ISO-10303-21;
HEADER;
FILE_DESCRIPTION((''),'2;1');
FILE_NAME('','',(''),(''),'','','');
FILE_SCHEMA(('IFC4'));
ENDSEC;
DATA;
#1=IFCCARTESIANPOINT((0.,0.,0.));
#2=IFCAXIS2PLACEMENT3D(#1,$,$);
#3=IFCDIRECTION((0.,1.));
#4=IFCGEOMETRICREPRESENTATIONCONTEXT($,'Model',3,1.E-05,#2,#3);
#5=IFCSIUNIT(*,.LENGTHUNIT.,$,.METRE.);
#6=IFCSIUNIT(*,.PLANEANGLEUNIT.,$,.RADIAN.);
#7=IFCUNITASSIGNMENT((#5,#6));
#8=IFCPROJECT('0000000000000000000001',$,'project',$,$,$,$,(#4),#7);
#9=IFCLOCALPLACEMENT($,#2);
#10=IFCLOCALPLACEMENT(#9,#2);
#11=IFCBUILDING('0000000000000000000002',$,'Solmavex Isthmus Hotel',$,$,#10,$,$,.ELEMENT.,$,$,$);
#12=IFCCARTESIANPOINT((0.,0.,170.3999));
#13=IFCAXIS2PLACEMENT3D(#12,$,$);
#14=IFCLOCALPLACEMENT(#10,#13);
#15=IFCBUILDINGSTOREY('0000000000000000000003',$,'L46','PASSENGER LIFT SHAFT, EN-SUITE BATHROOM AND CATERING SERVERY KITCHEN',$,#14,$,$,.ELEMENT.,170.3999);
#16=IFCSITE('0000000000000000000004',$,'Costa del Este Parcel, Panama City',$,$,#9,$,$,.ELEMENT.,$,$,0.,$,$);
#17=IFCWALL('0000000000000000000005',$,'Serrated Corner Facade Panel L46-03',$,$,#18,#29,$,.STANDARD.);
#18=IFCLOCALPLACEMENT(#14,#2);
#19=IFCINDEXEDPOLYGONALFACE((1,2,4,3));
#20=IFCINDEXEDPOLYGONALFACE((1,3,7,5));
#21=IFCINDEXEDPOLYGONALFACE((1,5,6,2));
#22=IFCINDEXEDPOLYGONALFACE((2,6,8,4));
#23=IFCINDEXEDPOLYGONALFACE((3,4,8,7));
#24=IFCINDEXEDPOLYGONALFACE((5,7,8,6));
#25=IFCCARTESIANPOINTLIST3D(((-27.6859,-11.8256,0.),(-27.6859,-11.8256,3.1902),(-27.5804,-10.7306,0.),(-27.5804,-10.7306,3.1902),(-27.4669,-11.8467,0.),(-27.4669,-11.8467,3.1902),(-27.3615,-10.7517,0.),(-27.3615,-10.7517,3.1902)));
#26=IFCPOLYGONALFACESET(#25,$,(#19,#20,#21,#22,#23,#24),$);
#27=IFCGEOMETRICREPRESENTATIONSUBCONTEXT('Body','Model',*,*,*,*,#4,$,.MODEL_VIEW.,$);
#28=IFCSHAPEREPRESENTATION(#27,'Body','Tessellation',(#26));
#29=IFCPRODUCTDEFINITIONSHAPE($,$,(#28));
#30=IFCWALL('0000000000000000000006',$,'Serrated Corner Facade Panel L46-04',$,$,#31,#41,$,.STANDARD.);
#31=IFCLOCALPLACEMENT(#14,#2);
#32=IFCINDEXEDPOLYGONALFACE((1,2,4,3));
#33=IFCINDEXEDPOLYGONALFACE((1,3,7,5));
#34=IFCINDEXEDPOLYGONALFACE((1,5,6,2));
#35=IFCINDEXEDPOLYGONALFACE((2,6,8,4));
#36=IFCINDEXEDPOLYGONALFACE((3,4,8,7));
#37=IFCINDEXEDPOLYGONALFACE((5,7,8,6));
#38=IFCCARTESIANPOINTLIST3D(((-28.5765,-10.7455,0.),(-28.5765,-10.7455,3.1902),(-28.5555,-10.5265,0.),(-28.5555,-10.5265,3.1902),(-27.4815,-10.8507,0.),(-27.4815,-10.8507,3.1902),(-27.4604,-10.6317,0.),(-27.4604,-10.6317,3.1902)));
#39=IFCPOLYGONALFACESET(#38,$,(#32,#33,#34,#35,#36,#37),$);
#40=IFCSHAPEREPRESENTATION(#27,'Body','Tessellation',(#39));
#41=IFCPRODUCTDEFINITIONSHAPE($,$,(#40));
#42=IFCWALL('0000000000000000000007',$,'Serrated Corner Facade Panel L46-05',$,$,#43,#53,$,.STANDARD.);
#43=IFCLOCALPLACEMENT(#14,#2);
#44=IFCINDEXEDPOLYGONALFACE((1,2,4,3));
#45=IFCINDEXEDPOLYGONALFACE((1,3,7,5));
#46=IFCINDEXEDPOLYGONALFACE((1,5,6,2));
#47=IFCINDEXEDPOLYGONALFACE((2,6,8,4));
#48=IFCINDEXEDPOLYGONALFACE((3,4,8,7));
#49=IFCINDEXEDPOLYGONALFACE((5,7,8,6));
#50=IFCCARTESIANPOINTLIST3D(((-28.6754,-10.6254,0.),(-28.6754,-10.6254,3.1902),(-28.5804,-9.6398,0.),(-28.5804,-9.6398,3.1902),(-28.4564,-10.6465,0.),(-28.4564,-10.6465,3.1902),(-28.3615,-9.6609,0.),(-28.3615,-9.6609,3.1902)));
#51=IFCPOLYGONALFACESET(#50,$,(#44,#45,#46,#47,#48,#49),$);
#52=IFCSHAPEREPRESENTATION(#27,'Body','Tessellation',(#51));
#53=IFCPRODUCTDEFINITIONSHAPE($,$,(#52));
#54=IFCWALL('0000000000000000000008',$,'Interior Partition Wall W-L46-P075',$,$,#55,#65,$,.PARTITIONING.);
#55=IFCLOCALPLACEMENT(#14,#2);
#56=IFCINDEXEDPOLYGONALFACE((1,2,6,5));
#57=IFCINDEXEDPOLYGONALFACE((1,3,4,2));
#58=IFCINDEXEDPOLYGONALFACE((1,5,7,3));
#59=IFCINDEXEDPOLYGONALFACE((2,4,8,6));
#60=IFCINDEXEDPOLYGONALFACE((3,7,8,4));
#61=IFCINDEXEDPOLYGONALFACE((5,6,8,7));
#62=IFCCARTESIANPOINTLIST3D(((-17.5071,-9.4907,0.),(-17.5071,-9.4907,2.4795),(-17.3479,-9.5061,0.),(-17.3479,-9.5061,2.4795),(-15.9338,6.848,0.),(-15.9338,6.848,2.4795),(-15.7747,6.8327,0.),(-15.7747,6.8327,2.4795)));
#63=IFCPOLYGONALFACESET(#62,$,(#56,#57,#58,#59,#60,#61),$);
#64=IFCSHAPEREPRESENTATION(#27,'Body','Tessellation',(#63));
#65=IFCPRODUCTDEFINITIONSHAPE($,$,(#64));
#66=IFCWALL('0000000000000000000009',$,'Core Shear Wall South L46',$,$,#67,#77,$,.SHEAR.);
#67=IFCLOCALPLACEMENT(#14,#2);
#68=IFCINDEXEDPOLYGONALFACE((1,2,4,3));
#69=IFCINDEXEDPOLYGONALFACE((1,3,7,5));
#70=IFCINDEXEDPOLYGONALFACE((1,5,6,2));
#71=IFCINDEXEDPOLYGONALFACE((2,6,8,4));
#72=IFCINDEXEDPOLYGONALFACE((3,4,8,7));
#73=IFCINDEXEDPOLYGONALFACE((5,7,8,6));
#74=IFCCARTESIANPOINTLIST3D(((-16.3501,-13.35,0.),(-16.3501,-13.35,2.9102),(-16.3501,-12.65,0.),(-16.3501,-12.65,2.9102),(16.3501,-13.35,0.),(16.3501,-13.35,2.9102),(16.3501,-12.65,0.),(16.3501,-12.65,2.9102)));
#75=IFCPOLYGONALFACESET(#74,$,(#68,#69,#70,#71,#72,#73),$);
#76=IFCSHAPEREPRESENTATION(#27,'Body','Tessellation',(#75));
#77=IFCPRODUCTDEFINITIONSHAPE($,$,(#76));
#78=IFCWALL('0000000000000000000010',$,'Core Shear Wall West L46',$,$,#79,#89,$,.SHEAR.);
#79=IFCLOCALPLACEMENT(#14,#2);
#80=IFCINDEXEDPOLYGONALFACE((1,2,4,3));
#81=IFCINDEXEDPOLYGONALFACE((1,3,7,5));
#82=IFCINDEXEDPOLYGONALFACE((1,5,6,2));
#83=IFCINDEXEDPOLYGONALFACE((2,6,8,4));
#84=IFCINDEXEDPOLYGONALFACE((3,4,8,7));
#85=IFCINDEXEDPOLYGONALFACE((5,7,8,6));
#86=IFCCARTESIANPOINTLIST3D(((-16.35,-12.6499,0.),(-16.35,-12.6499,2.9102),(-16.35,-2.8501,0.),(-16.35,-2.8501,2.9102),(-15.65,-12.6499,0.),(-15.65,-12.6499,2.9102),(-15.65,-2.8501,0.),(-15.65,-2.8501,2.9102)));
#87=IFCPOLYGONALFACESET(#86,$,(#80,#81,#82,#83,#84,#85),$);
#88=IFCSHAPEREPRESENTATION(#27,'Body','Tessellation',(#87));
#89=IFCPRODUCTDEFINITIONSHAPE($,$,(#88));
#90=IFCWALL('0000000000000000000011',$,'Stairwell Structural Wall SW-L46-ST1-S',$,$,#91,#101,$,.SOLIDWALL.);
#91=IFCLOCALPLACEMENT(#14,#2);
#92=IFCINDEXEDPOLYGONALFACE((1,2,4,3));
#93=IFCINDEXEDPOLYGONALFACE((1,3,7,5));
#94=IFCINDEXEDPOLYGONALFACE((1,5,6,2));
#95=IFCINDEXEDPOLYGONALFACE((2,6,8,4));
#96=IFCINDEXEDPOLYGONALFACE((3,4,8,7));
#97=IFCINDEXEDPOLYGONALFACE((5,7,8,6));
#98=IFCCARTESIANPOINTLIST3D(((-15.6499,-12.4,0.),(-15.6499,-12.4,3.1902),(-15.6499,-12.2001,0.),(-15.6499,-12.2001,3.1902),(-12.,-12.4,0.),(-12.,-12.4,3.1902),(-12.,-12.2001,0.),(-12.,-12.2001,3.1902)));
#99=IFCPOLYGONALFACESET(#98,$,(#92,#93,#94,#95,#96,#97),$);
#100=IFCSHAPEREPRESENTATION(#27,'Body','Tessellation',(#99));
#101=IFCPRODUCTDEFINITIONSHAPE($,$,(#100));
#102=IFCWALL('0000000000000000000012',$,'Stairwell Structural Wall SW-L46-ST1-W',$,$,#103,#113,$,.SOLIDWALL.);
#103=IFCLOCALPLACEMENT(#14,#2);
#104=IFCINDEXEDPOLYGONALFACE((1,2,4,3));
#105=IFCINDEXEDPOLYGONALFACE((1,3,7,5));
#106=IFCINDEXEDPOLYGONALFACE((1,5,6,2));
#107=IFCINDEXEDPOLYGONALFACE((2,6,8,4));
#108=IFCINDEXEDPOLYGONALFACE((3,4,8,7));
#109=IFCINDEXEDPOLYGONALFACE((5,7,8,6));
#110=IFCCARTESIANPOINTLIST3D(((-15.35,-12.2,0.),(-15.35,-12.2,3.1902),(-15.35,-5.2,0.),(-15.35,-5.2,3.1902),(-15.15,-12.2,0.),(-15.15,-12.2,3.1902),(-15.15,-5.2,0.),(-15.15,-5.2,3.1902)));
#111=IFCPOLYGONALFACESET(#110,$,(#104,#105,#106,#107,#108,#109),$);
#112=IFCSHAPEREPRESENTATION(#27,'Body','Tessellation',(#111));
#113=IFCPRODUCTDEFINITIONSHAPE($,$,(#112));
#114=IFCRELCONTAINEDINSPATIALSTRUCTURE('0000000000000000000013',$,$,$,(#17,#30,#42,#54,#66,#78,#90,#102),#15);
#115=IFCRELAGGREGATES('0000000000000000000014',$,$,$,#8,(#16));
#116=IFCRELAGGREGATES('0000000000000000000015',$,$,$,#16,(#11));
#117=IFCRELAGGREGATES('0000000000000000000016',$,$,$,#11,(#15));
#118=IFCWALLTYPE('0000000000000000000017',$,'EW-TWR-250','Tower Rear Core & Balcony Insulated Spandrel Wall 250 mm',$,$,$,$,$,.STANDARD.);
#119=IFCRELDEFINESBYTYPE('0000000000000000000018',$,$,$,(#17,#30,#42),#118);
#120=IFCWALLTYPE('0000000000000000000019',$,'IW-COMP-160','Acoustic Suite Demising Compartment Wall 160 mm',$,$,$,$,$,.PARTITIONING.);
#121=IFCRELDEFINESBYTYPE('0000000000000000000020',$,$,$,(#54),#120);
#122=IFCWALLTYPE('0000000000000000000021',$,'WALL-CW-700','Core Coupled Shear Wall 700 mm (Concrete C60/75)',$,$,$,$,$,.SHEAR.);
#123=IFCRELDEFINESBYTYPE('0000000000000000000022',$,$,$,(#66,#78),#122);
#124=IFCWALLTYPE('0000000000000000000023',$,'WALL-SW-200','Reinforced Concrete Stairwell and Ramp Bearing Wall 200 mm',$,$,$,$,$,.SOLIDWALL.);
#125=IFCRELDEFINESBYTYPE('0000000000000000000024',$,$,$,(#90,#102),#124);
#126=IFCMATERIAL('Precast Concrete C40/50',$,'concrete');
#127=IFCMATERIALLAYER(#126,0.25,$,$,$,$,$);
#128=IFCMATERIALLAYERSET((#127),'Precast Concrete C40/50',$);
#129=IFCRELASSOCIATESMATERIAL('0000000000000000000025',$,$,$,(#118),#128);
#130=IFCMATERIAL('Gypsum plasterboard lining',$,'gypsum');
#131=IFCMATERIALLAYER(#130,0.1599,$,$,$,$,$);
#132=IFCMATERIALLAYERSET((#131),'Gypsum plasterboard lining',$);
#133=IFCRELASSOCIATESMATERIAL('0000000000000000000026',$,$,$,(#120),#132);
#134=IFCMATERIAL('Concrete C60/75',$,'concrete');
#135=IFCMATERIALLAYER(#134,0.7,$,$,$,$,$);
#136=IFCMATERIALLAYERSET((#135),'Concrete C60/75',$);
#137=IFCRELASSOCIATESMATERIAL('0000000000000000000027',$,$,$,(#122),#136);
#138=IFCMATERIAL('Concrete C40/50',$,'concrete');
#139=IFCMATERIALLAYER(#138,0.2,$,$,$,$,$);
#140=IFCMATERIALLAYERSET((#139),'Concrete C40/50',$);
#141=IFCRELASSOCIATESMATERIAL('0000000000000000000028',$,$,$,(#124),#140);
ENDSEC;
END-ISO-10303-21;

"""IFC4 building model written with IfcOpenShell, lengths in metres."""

from ifc_helpers import new_model, si_unit, direction, frame, frame_2d, origin, place, context, subcontext, project, spatial, rectangle, extrude, material, layer, layer_set, type_object, element, save


model = new_model("IFC4")

# Units and contexts
model_context = context("Model", 3, precision=1e-05, world=origin(), true_north=direction((0.0, 1.0)))
body_context = subcontext(model_context, "Body", "Model", "MODEL_VIEW")
ifc_project = project(units=[si_unit("LENGTHUNIT", "METRE"), si_unit("PLANEANGLEUNIT", "RADIAN")], contexts=[model_context])

# Site, building, storey
site_placement = place(None, origin())
site = spatial("IfcSite", under=ifc_project, at=site_placement, Name="Costa del Este Parcel, Panama City", CompositionType="ELEMENT", RefElevation=0.0)
building_placement = place(site_placement, origin())
building = spatial("IfcBuilding", under=site, at=building_placement, Name="Solmavex Isthmus Hotel", CompositionType="ELEMENT")
storey_placement = place(building_placement, frame((0.0, 0.0, 170.3999)))
storey = spatial("IfcBuildingStorey", under=building, at=storey_placement, Name="L46", Description="PASSENGER LIFT SHAFT, EN-SUITE BATHROOM AND CATERING SERVERY KITCHEN", CompositionType="ELEMENT", Elevation=170.3999)

# Shared definitions
ifc_material_1 = material(Name="Concrete C60/75", Category="concrete")

# Shared definitions
ifc_material_2 = material(Name="Precast Concrete C40/50", Category="concrete")
ifc_layer_1 = layer(ifc_material_2, 0.25)
ifc_layer_set_1 = layer_set([ifc_layer_1], Name="Precast Concrete C40/50")
wall_type_1 = type_object("IfcWallType", Name="EW-TWR-250", Description="Tower Rear Core & Balcony Insulated Spandrel Wall 250 mm", PredefinedType="STANDARD", material=ifc_layer_set_1)

# Walls
for number, where, z_axis, x_axis, name in (
    (1, (-27.5764, -11.8362, 0.0), (0.0, 0.0, 1.0), (0.095877, 0.995393, 0.0), "Serrated Corner Facade Panel L46-03"),
    (2, (-27.4709, -10.7412, 0.0), (0.0, 0.0, 1.0), (-0.995414, 0.095657, 0.0), "Serrated Corner Facade Panel L46-04"),
):
    element("IfcWall", number, at=place(storey_placement, frame(where, z_axis=z_axis, x_axis=x_axis)), inside=storey, type_object=wall_type_1, Name=name, PredefinedType="STANDARD", context=body_context, shape_type="SweptSolid", body=[
        extrude(rectangle(XDim=1.1001, YDim=0.22, at=frame_2d((0.55, 0.0))), origin(), (0.0, 0.0, 1.0), 3.1902),
    ])
wall_1_placement = place(storey_placement, frame((-28.5659, -10.636, 0.0), z_axis=(0.0, 0.0, 1.0), x_axis=(0.095914, 0.99539, 0.0)))
element("IfcWall", 3, at=wall_1_placement, inside=storey, type_object=wall_type_1, Name="Serrated Corner Facade Panel L46-05", PredefinedType="STANDARD", context=body_context, shape_type="SweptSolid", body=[
    extrude(rectangle(XDim=0.9902, YDim=0.22, at=frame_2d((0.4951, 0.0))), origin(), (0.0, 0.0, 1.0), 3.1902),
])
ifc_material_3 = material(Name="Gypsum plasterboard lining", Category="gypsum")
ifc_layer_2 = layer(ifc_material_3, 0.1599)
ifc_layer_set_2 = layer_set([ifc_layer_2], Name="Gypsum plasterboard lining")
wall_type_2 = type_object("IfcWallType", Name="IW-COMP-160", Description="Acoustic Suite Demising Compartment Wall 160 mm", PredefinedType="PARTITIONING", material=ifc_layer_set_2)
wall_2_placement = place(storey_placement, frame((-17.4275, -9.4983, 0.0), z_axis=(0.0, 0.0, 1.0), x_axis=(0.095846, 0.995396, 0.0)))
element("IfcWall", 4, at=wall_2_placement, inside=storey, type_object=wall_type_2, Name="Interior Partition Wall W-L46-P075", PredefinedType="PARTITIONING", context=body_context, shape_type="SweptSolid", body=[
    extrude(rectangle(XDim=16.4143, YDim=0.1599, at=frame_2d((8.207, 0.0))), origin(), (0.0, 0.0, 1.0), 2.4795),
])
ifc_layer_3 = layer(ifc_material_1, 0.7)
ifc_layer_set_3 = layer_set([ifc_layer_3], Name="Concrete C60/75")
wall_type_3 = type_object("IfcWallType", Name="WALL-CW-700", Description="Core Coupled Shear Wall 700 mm (Concrete C60/75)", PredefinedType="SHEAR", material=ifc_layer_set_3)
wall_3_placement = place(storey_placement, frame((-16.3501, -13.0, 0.0), z_axis=(0.0, 0.0, 1.0), x_axis=(1.0, 0.0, 0.0)))
element("IfcWall", 5, at=wall_3_placement, inside=storey, type_object=wall_type_3, Name="Core Shear Wall South L46", PredefinedType="SHEAR", context=body_context, shape_type="SweptSolid", body=[
    extrude(rectangle(XDim=32.7002, YDim=0.7, at=frame_2d((16.3501, 0.0))), origin(), (0.0, 0.0, 1.0), 2.9102),
])
wall_4_placement = place(storey_placement, frame((-16.0, -12.6499, 0.0), z_axis=(0.0, 0.0, 1.0), x_axis=(0.0, 1.0, 0.0)))
element("IfcWall", 6, at=wall_4_placement, inside=storey, type_object=wall_type_3, Name="Core Shear Wall West L46", PredefinedType="SHEAR", context=body_context, shape_type="SweptSolid", body=[
    extrude(rectangle(XDim=9.7998, YDim=0.7, at=frame_2d((4.8999, 0.0))), origin(), (0.0, 0.0, 1.0), 2.9102),
])
ifc_material_4 = material(Name="Concrete C40/50", Category="concrete")
ifc_layer_4 = layer(ifc_material_4, 0.2)
ifc_layer_set_4 = layer_set([ifc_layer_4], Name="Concrete C40/50")
wall_type_4 = type_object("IfcWallType", Name="WALL-SW-200", Description="Reinforced Concrete Stairwell and Ramp Bearing Wall 200 mm", PredefinedType="SOLIDWALL", material=ifc_layer_set_4)
wall_5_placement = place(storey_placement, frame((-15.6499, -12.3, 0.0), z_axis=(0.0, 0.0, 1.0), x_axis=(1.0, 0.0, 0.0)))
element("IfcWall", 7, at=wall_5_placement, inside=storey, type_object=wall_type_4, Name="Stairwell Structural Wall SW-L46-ST1-S", PredefinedType="SOLIDWALL", context=body_context, shape_type="SweptSolid", body=[
    extrude(rectangle(XDim=3.6499, YDim=0.2, at=frame_2d((1.825, 0.0))), origin(), (0.0, 0.0, 1.0), 3.1902),
])
wall_6_placement = place(storey_placement, frame((-15.25, -12.2, 0.0), z_axis=(0.0, 0.0, 1.0), x_axis=(0.0, 1.0, 0.0)))
element("IfcWall", 8, at=wall_6_placement, inside=storey, type_object=wall_type_4, Name="Stairwell Structural Wall SW-L46-ST1-W", PredefinedType="SOLIDWALL", context=body_context, shape_type="SweptSolid", body=[
    extrude(rectangle(XDim=7.0, YDim=0.2, at=frame_2d((3.5, 0.0))), origin(), (0.0, 0.0, 1.0), 3.1902),
])

save(model, "model.ifc")
